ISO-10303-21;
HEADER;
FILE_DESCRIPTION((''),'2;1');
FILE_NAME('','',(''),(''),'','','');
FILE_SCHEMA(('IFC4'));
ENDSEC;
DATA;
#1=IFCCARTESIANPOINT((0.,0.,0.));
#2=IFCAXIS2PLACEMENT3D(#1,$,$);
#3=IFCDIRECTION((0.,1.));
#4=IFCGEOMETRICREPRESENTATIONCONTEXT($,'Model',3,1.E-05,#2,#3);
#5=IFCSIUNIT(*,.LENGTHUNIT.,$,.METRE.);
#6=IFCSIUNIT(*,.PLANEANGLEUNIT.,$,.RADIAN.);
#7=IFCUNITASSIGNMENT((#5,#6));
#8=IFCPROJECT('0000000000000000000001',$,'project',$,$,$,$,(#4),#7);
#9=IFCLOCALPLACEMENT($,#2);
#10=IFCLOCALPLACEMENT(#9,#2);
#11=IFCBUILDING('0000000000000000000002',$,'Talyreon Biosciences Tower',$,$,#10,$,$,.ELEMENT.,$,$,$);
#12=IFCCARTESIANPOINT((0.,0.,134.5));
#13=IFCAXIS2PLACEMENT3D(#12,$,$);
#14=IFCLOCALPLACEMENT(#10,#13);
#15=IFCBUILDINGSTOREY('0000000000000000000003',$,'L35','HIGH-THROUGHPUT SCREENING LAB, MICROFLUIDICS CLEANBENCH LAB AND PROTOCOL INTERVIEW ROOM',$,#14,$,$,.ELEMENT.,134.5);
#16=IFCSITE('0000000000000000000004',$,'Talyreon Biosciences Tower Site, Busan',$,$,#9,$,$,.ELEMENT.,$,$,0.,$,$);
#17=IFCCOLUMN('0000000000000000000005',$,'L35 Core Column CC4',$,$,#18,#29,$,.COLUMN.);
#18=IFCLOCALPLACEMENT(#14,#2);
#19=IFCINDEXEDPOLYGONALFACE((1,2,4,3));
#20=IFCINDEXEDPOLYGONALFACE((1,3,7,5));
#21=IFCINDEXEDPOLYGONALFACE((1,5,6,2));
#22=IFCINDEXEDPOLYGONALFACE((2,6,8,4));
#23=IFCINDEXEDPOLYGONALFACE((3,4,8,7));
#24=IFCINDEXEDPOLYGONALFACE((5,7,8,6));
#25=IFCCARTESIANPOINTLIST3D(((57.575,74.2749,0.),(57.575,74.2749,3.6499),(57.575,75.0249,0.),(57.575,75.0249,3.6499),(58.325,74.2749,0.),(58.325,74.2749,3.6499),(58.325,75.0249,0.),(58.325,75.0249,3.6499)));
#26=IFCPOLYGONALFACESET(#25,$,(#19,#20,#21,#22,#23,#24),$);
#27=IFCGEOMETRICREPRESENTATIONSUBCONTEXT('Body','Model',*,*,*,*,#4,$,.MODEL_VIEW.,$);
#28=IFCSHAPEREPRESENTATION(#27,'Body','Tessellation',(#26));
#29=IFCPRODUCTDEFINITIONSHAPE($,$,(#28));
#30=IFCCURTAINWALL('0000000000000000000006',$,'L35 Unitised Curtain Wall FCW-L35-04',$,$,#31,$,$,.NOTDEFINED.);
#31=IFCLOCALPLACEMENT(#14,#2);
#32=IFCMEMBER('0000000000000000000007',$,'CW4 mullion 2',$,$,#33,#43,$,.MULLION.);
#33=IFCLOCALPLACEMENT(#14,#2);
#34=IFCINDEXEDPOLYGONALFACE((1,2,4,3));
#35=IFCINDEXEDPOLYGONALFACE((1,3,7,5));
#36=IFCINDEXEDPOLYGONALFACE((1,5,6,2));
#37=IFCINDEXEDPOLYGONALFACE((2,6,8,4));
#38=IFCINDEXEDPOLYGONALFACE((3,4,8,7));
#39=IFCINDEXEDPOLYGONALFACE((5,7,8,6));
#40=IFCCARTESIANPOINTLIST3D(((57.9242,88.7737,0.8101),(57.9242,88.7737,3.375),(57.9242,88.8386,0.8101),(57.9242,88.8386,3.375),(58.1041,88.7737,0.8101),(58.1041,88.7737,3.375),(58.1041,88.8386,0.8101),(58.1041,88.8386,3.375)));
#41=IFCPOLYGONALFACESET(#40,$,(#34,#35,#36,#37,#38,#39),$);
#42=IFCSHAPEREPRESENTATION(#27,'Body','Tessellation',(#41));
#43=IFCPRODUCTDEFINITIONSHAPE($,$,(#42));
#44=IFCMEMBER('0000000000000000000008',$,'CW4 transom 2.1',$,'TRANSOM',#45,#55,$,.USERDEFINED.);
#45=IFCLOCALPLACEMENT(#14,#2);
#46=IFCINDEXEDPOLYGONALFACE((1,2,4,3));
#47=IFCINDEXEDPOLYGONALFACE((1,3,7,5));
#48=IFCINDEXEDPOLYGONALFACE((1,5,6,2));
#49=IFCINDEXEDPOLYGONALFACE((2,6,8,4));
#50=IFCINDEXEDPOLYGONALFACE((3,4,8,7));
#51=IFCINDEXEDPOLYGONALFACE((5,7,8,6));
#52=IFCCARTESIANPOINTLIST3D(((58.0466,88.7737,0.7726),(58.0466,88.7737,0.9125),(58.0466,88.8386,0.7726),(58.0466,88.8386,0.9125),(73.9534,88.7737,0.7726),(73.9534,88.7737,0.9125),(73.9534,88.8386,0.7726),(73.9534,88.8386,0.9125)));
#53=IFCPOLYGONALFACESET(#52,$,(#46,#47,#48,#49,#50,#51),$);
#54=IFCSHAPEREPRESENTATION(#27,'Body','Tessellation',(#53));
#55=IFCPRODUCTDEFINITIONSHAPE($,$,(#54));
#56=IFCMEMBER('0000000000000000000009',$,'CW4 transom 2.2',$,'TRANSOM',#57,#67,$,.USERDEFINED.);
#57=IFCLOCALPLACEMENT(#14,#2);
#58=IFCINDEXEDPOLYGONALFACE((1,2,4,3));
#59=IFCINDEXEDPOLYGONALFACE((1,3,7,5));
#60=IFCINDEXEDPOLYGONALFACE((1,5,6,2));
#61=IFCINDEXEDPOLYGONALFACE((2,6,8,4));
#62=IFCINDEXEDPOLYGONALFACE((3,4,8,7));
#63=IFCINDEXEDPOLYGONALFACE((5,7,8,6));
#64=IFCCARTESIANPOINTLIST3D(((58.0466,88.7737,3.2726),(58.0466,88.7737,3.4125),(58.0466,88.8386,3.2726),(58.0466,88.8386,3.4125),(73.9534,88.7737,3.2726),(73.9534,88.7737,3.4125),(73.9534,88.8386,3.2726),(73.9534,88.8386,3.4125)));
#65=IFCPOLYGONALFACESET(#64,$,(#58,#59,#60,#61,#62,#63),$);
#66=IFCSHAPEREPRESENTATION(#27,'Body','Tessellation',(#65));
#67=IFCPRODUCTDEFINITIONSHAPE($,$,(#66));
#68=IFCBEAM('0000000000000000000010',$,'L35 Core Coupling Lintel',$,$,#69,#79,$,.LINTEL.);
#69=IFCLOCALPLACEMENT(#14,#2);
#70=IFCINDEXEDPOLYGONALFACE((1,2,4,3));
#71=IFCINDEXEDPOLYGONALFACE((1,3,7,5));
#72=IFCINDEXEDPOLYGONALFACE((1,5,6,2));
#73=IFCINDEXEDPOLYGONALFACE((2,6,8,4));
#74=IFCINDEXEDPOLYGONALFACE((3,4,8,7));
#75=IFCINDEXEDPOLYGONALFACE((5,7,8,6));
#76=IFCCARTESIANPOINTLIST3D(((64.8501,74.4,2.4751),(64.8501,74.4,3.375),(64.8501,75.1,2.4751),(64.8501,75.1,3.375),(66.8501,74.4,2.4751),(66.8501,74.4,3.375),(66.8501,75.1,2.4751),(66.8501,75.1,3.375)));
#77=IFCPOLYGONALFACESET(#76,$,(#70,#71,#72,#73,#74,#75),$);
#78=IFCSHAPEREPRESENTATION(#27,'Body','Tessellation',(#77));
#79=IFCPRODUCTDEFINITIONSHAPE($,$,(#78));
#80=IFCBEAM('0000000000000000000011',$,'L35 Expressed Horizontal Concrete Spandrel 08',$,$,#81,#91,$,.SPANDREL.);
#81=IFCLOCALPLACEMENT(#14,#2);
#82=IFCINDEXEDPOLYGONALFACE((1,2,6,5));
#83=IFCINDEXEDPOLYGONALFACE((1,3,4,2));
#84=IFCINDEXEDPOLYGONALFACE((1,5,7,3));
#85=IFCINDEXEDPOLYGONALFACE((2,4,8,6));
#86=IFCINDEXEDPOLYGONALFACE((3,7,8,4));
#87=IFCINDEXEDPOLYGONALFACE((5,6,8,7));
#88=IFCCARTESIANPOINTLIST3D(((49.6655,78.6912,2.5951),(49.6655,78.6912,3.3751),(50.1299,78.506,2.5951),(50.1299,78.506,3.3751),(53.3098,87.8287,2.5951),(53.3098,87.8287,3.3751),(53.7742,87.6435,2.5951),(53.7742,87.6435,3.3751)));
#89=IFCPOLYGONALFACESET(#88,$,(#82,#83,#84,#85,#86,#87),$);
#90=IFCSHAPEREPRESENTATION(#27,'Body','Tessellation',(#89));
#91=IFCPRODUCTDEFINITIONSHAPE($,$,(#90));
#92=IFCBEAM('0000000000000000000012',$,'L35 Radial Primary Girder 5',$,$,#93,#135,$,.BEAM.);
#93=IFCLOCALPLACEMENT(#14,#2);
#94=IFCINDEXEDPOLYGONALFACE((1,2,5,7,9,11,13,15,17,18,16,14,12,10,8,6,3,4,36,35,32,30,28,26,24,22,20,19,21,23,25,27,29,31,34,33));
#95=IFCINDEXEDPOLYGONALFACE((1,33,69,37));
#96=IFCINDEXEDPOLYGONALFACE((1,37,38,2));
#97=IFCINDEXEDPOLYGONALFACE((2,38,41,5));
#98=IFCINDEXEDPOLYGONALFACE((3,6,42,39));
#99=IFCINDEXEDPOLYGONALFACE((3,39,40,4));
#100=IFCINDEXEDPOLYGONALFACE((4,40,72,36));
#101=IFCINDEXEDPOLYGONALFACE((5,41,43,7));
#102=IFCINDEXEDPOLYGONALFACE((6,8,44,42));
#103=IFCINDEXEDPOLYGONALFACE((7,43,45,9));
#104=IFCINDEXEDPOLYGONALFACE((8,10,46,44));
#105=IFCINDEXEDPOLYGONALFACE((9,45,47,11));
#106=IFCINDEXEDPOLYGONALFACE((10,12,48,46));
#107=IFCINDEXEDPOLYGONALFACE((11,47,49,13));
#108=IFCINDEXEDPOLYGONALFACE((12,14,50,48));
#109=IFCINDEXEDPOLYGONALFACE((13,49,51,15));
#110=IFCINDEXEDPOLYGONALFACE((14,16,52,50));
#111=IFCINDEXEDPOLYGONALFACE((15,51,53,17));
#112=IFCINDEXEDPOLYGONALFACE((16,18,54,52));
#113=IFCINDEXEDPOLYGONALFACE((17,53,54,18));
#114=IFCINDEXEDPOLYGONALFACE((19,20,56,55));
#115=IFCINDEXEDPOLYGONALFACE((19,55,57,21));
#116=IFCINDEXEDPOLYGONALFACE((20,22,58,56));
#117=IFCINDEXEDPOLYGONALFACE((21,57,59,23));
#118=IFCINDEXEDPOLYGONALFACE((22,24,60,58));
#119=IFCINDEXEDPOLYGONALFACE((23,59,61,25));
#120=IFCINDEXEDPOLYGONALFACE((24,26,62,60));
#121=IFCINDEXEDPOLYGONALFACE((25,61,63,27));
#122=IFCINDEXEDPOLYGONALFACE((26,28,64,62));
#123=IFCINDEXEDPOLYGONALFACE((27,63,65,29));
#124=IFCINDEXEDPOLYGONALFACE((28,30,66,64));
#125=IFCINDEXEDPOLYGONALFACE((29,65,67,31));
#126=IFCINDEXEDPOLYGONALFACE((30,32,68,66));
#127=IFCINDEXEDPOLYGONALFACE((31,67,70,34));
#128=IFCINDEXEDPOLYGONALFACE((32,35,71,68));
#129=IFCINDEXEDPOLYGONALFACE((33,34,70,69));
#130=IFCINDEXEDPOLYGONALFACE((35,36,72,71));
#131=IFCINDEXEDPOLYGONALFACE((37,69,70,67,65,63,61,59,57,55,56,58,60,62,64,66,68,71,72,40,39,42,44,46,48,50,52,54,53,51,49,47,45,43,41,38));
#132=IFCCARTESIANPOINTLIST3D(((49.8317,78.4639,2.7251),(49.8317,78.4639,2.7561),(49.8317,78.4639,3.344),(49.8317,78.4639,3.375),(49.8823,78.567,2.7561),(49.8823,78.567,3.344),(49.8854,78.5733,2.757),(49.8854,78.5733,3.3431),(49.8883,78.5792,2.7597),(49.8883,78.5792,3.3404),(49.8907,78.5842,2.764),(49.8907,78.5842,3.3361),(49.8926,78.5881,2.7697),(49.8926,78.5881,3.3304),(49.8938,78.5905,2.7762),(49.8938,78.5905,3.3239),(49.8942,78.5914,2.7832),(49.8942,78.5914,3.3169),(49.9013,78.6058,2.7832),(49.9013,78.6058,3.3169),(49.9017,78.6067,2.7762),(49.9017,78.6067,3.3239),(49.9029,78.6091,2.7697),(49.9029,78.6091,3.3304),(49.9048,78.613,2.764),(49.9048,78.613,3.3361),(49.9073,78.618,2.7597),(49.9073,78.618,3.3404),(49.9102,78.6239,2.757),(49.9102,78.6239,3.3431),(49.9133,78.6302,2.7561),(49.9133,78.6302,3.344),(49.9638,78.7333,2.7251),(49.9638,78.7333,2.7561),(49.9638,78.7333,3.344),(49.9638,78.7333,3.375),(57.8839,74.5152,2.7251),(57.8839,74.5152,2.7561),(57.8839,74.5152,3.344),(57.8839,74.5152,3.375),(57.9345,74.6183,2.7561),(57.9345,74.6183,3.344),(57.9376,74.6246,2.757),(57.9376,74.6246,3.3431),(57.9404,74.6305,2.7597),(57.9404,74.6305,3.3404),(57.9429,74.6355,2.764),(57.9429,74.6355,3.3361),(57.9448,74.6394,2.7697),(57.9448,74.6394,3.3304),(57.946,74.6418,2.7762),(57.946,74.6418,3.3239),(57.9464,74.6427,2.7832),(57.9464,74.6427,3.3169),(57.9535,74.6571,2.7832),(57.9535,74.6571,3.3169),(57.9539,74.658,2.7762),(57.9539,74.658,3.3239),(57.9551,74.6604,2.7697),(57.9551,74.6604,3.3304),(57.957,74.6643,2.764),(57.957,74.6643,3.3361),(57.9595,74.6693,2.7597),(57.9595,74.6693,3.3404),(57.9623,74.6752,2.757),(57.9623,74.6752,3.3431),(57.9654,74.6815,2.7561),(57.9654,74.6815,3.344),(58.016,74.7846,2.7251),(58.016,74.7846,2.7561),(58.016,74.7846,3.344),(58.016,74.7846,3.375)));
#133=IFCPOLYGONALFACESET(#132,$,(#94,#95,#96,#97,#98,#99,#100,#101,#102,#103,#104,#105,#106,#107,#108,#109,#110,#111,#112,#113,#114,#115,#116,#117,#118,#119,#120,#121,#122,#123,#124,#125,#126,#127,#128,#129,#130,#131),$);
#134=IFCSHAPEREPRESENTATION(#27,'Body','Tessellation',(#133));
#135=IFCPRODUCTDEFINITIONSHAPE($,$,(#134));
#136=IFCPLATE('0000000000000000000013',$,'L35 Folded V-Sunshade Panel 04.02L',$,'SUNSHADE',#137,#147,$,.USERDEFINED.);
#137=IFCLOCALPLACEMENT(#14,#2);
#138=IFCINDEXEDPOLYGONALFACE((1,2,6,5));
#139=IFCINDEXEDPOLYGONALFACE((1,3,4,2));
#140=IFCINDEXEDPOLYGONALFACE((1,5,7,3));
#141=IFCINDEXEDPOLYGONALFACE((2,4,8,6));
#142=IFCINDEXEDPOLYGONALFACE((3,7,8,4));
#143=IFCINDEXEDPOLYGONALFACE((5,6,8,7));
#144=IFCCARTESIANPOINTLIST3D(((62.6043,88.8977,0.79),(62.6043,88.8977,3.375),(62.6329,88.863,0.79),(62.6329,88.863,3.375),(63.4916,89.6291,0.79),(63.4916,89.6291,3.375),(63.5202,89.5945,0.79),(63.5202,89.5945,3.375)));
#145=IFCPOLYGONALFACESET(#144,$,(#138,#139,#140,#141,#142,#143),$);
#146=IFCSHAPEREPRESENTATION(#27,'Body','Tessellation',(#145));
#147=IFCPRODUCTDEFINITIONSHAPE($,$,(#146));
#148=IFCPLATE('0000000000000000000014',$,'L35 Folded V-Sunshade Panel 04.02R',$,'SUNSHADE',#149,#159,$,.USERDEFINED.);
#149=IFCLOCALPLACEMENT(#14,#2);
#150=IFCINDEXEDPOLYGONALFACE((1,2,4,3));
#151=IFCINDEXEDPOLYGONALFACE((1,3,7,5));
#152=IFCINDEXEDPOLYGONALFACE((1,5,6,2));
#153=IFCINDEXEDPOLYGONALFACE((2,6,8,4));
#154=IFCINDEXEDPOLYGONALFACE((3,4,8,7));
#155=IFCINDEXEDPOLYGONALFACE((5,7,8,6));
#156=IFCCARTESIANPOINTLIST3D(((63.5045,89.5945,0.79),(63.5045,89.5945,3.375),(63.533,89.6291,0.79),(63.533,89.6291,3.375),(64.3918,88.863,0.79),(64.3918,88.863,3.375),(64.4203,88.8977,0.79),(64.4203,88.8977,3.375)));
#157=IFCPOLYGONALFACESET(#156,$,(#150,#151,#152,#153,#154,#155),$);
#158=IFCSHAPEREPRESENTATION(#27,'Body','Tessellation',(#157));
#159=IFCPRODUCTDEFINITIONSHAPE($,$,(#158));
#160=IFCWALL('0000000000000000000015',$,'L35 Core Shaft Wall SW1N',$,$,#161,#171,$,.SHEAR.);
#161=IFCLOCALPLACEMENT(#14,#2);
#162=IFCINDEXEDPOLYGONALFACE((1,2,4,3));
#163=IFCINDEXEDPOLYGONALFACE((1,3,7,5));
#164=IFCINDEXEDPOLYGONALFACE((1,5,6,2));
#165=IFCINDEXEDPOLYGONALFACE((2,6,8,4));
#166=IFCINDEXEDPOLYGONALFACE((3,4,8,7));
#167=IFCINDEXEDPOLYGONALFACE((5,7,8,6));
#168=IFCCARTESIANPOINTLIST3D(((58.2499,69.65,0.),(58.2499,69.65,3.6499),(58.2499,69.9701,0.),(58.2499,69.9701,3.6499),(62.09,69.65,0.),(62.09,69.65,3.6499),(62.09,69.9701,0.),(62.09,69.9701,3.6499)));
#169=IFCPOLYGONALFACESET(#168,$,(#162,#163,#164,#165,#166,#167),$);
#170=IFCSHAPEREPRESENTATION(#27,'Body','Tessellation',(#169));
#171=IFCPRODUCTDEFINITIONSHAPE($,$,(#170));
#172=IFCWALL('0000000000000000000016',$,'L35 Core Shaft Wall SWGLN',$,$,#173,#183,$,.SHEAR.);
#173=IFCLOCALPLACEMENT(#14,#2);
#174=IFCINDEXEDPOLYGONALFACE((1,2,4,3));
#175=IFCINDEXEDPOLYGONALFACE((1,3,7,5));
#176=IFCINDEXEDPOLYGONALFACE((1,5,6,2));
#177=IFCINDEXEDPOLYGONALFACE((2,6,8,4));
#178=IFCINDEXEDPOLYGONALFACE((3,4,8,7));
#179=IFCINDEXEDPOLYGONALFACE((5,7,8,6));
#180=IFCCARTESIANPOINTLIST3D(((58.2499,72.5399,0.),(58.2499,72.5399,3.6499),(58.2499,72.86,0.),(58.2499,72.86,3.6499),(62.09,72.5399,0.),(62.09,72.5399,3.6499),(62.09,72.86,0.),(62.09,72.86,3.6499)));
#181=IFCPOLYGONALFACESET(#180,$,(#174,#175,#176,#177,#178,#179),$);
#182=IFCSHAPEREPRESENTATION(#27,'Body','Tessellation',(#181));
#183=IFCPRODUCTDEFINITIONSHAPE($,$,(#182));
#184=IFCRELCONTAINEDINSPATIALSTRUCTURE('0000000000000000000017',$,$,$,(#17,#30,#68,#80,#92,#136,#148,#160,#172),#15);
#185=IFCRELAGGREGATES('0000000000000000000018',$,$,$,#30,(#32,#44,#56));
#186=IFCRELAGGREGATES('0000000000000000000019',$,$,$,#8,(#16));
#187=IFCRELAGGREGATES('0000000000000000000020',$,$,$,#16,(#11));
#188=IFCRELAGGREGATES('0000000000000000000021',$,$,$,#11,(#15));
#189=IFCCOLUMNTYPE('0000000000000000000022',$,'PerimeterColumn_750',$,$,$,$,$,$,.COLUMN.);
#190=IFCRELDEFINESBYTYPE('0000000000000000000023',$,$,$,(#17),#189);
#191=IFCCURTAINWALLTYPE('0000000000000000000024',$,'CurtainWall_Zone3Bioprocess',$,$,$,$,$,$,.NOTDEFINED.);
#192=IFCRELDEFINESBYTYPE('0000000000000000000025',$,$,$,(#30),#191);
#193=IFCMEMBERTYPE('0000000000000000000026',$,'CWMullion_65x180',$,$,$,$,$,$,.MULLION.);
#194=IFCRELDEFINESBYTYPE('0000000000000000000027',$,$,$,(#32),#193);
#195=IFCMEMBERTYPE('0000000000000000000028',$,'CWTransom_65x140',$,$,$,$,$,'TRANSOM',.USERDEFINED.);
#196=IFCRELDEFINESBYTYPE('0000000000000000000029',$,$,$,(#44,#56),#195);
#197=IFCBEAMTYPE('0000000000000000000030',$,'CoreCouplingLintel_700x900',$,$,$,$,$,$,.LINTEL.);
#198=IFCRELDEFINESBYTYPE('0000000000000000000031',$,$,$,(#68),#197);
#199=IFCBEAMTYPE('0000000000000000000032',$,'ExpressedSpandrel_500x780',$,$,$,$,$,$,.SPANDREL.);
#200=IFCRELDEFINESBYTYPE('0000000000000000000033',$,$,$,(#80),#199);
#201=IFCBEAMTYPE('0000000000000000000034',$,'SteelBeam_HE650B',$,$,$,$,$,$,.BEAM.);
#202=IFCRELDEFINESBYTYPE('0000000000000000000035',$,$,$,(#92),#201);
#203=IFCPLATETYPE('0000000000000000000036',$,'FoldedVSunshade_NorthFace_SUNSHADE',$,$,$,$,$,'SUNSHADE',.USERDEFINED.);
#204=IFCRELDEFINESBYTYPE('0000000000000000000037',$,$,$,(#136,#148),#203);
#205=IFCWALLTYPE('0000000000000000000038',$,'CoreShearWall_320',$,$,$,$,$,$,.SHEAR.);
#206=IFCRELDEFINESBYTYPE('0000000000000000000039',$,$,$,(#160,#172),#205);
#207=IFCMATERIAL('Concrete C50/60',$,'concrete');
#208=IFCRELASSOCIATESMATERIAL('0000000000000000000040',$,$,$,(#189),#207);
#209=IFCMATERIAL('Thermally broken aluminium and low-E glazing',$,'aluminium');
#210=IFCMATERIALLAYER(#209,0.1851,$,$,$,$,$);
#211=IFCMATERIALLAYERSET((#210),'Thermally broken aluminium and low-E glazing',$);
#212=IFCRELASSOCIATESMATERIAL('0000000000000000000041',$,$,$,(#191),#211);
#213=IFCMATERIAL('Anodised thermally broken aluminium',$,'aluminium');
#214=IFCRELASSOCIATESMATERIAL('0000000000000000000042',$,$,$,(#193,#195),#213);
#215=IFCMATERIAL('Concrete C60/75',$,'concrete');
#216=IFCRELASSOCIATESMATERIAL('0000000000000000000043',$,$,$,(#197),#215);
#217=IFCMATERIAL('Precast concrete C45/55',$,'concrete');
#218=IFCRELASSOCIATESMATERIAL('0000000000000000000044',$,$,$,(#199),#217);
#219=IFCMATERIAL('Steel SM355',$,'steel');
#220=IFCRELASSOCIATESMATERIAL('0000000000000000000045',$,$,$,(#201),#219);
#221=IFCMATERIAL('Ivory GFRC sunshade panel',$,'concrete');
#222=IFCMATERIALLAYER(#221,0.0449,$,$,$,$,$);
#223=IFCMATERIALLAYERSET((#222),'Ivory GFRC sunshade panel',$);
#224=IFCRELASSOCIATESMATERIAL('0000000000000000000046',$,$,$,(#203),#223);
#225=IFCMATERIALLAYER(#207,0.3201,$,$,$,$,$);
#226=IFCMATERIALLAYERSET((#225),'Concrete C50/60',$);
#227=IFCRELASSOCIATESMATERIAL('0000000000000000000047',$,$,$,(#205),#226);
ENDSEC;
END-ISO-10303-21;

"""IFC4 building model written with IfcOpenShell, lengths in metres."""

from ifc_helpers import new_model, si_unit, direction, frame, frame_2d, origin, origin_2d, place, context, subcontext, project, spatial, rectangle, i_section, extrude, material, layer, layer_set, material_profile, profile_set, type_object, element, aggregate, save


model = new_model("IFC4")

# Units and contexts
model_context = context("Model", 3, precision=1e-05, world=origin(), true_north=direction((0.0, 1.0)))
body_context = subcontext(model_context, "Body", "Model", "MODEL_VIEW")
ifc_project = project(units=[si_unit("LENGTHUNIT", "METRE"), si_unit("PLANEANGLEUNIT", "RADIAN")], contexts=[model_context])

# Site, building, storey
site_placement = place(None, origin())
site = spatial("IfcSite", under=ifc_project, at=site_placement, Name="Talyreon Biosciences Tower Site, Busan", CompositionType="ELEMENT", RefElevation=0.0)
building_placement = place(site_placement, origin())
building = spatial("IfcBuilding", under=site, at=building_placement, Name="Talyreon Biosciences Tower", CompositionType="ELEMENT")
storey_placement = place(building_placement, frame((0.0, 0.0, 134.5)))
storey = spatial("IfcBuildingStorey", under=building, at=storey_placement, Name="L35", Description="HIGH-THROUGHPUT SCREENING LAB, MICROFLUIDICS CLEANBENCH LAB AND PROTOCOL INTERVIEW ROOM", CompositionType="ELEMENT", Elevation=134.5)

# Column
ifc_material_1 = material(Name="Concrete C50/60", Category="concrete")
ifc_material_profile_1 = material_profile(ifc_material_1, rectangle(XDim=0.75, YDim=0.75, at=origin_2d()), Name="RC 750x750")
ifc_profile_set_1 = profile_set([ifc_material_profile_1], Name="Concrete C50/60")
column_type = type_object("IfcColumnType", Name="PerimeterColumn_750", PredefinedType="COLUMN", material=ifc_profile_set_1)
column_placement = place(storey_placement, frame((57.95, 74.6499, 0.0), z_axis=(0.0, 0.0, 1.0), x_axis=(1.0, 0.0, 0.0)))
element("IfcColumn", 1, at=column_placement, inside=storey, type_object=column_type, Name="L35 Core Column CC4", PredefinedType="COLUMN", context=body_context, shape_type="SweptSolid", body=[
    extrude(rectangle(XDim=0.75, YDim=0.75, at=origin_2d()), origin(), (0.0, 0.0, 1.0), 3.6499),
])

# Curtain wall, members
ifc_material_2 = material(Name="Thermally broken aluminium and low-E glazing", Category="aluminium")
ifc_layer_1 = layer(ifc_material_2, 0.1851)
ifc_layer_set_1 = layer_set([ifc_layer_1], Name="Thermally broken aluminium and low-E glazing")
curtain_wall_type = type_object("IfcCurtainWallType", Name="CurtainWall_Zone3Bioprocess", PredefinedType="NOTDEFINED", material=ifc_layer_set_1)
curtain_wall_placement = place(storey_placement, origin())
curtain_wall = element("IfcCurtainWall", 2, at=curtain_wall_placement, inside=storey, type_object=curtain_wall_type, Name="L35 Unitised Curtain Wall FCW-L35-04", PredefinedType="NOTDEFINED")
ifc_material_3 = material(Name="Anodised thermally broken aluminium", Category="aluminium")
ifc_material_profile_2 = material_profile(ifc_material_3, rectangle(XDim=0.0649, YDim=0.1799, at=origin_2d()), Name="ALUM MULLION 65x180")
ifc_profile_set_2 = profile_set([ifc_material_profile_2], Name="Anodised thermally broken aluminium")
member_type_1 = type_object("IfcMemberType", Name="CWMullion_65x180", PredefinedType="MULLION", material=ifc_profile_set_2)
member_1_placement = place(storey_placement, frame((58.0142, 88.8062, 0.8101), z_axis=(0.0, 0.0, 1.0), x_axis=(0.0, 1.0, 0.0)))
member_1 = element("IfcMember", 3, at=member_1_placement, type_object=member_type_1, Name="CW4 mullion 2", PredefinedType="MULLION", context=body_context, shape_type="SweptSolid", body=[
    extrude(rectangle(XDim=0.0649, YDim=0.1799, at=origin_2d()), origin(), (0.0, 0.0, 1.0), 2.5649),
])
ifc_material_profile_3 = material_profile(ifc_material_3, rectangle(XDim=0.0649, YDim=0.1399, at=origin_2d()), Name="ALUM TRANSOM 65x140")
ifc_profile_set_3 = profile_set([ifc_material_profile_3], Name="Anodised thermally broken aluminium")
member_type_2 = type_object("IfcMemberType", Name="CWTransom_65x140", ElementType="TRANSOM", PredefinedType="USERDEFINED", material=ifc_profile_set_3)
member_2_placement = place(storey_placement, frame((58.0466, 88.8062, 0.8425), z_axis=(1.0, 0.0, 0.0), x_axis=(0.0, 1.0, 0.0)))
member_2 = element("IfcMember", 4, at=member_2_placement, type_object=member_type_2, Name="CW4 transom 2.1", ObjectType="TRANSOM", PredefinedType="USERDEFINED", context=body_context, shape_type="SweptSolid", body=[
    extrude(rectangle(XDim=0.0649, YDim=0.1399, at=origin_2d()), origin(), (0.0, 0.0, 1.0), 15.9067),
])
member_3_placement = place(storey_placement, frame((58.0466, 88.8062, 3.3425), z_axis=(1.0, 0.0, 0.0), x_axis=(0.0, 1.0, 0.0)))
member_3 = element("IfcMember", 5, at=member_3_placement, type_object=member_type_2, Name="CW4 transom 2.2", ObjectType="TRANSOM", PredefinedType="USERDEFINED", context=body_context, shape_type="SweptSolid", body=[
    extrude(rectangle(XDim=0.0649, YDim=0.1399, at=origin_2d()), origin(), (0.0, 0.0, 1.0), 15.9067),
])
aggregate(curtain_wall, [member_1, member_2, member_3])

# Beams
ifc_material_4 = material(Name="Concrete C60/75", Category="concrete")
ifc_material_profile_4 = material_profile(ifc_material_4, rectangle(XDim=0.7, YDim=0.8999, at=origin_2d()), Name="RCB 700x900")
ifc_profile_set_4 = profile_set([ifc_material_profile_4], Name="Concrete C60/75")
beam_type_1 = type_object("IfcBeamType", Name="CoreCouplingLintel_700x900", PredefinedType="LINTEL", material=ifc_profile_set_4)
beam_1_placement = place(storey_placement, frame((64.8501, 74.75, 2.925), z_axis=(1.0, 0.0, 0.0), x_axis=(0.0, 1.0, 0.0)))
element("IfcBeam", 6, at=beam_1_placement, inside=storey, type_object=beam_type_1, Name="L35 Core Coupling Lintel", PredefinedType="LINTEL", context=body_context, shape_type="SweptSolid", body=[
    extrude(rectangle(XDim=0.7, YDim=0.8999, at=origin_2d()), origin(), (0.0, 0.0, 1.0), 2.0),
])
ifc_material_5 = material(Name="Precast concrete C45/55", Category="concrete")
ifc_material_profile_5 = material_profile(ifc_material_5, rectangle(XDim=0.5, YDim=0.78, at=origin_2d()), Name="RCB 500x780")
ifc_profile_set_5 = profile_set([ifc_material_profile_5], Name="Precast concrete C45/55")
beam_type_2 = type_object("IfcBeamType", Name="ExpressedSpandrel_500x780", PredefinedType="SPANDREL", material=ifc_profile_set_5)
beam_2_placement = place(storey_placement, frame((53.542, 87.7361, 2.9851), z_axis=(-0.370453, -0.928851, 0.0), x_axis=(0.928851, -0.370453, 0.0)))
element("IfcBeam", 7, at=beam_2_placement, inside=storey, type_object=beam_type_2, Name="L35 Expressed Horizontal Concrete Spandrel 08", PredefinedType="SPANDREL", context=body_context, shape_type="SweptSolid", body=[
    extrude(rectangle(XDim=0.5, YDim=0.78, at=origin_2d()), origin(), (0.0, 0.0, 1.0), 9.8374),
])
ifc_material_6 = material(Name="Steel SM355", Category="steel")
ifc_material_profile_6 = material_profile(ifc_material_6, i_section(OverallWidth=0.3, OverallDepth=0.6499, WebThickness=0.0161, FlangeThickness=0.031, FilletRadius=0.0271, at=origin_2d()), Name="HE650B")
ifc_profile_set_6 = profile_set([ifc_material_profile_6], Name="Steel SM355")
beam_type_3 = type_object("IfcBeamType", Name="SteelBeam_HE650B", PredefinedType="BEAM", material=ifc_profile_set_6)
beam_3_placement = place(storey_placement, frame((57.95, 74.6499, 3.05), z_axis=(-0.897852, 0.440297, 0.0), x_axis=(-0.440297, -0.897852, 0.0)))
element("IfcBeam", 8, at=beam_3_placement, inside=storey, type_object=beam_type_3, Name="L35 Radial Primary Girder 5", PredefinedType="BEAM", context=body_context, shape_type="SweptSolid", body=[
    extrude(i_section(OverallWidth=0.3, OverallDepth=0.6499, WebThickness=0.0161, FlangeThickness=0.031, FilletRadius=0.0271, at=origin_2d()), origin(), (0.0, 0.0, 1.0), 8.9683),
])

# Plates
ifc_material_7 = material(Name="Ivory GFRC sunshade panel", Category="concrete")
ifc_layer_2 = layer(ifc_material_7, 0.0449)
ifc_layer_set_2 = layer_set([ifc_layer_2], Name="Ivory GFRC sunshade panel")
plate_type = type_object("IfcPlateType", Name="FoldedVSunshade_NorthFace_SUNSHADE", ElementType="SUNSHADE", PredefinedType="USERDEFINED", material=ifc_layer_set_2)
for number, where, z_axis, x_axis, name in (
    (9, (63.0623, 89.2461, 0.79), (0.0, 0.0, 1.0), (0.771625, 0.636078, 0.0), "L35 Folded V-Sunshade Panel 04.02L"),
    (10, (63.9624, 89.2461, 0.79), (0.0, 0.0, 1.0), (0.771625, -0.636078, 0.0), "L35 Folded V-Sunshade Panel 04.02R"),
):
    element("IfcPlate", number, at=place(storey_placement, frame(where, z_axis=z_axis, x_axis=x_axis)), inside=storey, type_object=plate_type, Name=name, ObjectType="SUNSHADE", PredefinedType="USERDEFINED", context=body_context, shape_type="SweptSolid", body=[
        extrude(rectangle(XDim=1.1499, YDim=0.0449, at=origin_2d()), origin(), (0.0, 0.0, 1.0), 2.585),
    ])

# Walls
ifc_layer_3 = layer(ifc_material_1, 0.3201)
ifc_layer_set_3 = layer_set([ifc_layer_3], Name="Concrete C50/60")
wall_type_1 = type_object("IfcWallType", Name="CoreShearWall_320", PredefinedType="SHEAR", material=ifc_layer_set_3)
for number, where, z_axis, x_axis, name in (
    (11, (58.25, 69.8101, 0.0), (0.0, 0.0, 1.0), (1.0, 0.0, 0.0), "L35 Core Shaft Wall SW1N"),
    (12, (58.25, 72.7, 0.0), (0.0, 0.0, 1.0), (1.0, 0.0, 0.0), "L35 Core Shaft Wall SWGLN"),
):
    element("IfcWall", number, at=place(storey_placement, frame(where, z_axis=z_axis, x_axis=x_axis)), inside=storey, type_object=wall_type_1, Name=name, PredefinedType="SHEAR", context=body_context, shape_type="SweptSolid", body=[
        extrude(rectangle(XDim=3.8401, YDim=0.3201, at=frame_2d((1.9199, 0.0))), origin(), (0.0, 0.0, 1.0), 3.6499),
    ])

save(model, "model.ifc")
